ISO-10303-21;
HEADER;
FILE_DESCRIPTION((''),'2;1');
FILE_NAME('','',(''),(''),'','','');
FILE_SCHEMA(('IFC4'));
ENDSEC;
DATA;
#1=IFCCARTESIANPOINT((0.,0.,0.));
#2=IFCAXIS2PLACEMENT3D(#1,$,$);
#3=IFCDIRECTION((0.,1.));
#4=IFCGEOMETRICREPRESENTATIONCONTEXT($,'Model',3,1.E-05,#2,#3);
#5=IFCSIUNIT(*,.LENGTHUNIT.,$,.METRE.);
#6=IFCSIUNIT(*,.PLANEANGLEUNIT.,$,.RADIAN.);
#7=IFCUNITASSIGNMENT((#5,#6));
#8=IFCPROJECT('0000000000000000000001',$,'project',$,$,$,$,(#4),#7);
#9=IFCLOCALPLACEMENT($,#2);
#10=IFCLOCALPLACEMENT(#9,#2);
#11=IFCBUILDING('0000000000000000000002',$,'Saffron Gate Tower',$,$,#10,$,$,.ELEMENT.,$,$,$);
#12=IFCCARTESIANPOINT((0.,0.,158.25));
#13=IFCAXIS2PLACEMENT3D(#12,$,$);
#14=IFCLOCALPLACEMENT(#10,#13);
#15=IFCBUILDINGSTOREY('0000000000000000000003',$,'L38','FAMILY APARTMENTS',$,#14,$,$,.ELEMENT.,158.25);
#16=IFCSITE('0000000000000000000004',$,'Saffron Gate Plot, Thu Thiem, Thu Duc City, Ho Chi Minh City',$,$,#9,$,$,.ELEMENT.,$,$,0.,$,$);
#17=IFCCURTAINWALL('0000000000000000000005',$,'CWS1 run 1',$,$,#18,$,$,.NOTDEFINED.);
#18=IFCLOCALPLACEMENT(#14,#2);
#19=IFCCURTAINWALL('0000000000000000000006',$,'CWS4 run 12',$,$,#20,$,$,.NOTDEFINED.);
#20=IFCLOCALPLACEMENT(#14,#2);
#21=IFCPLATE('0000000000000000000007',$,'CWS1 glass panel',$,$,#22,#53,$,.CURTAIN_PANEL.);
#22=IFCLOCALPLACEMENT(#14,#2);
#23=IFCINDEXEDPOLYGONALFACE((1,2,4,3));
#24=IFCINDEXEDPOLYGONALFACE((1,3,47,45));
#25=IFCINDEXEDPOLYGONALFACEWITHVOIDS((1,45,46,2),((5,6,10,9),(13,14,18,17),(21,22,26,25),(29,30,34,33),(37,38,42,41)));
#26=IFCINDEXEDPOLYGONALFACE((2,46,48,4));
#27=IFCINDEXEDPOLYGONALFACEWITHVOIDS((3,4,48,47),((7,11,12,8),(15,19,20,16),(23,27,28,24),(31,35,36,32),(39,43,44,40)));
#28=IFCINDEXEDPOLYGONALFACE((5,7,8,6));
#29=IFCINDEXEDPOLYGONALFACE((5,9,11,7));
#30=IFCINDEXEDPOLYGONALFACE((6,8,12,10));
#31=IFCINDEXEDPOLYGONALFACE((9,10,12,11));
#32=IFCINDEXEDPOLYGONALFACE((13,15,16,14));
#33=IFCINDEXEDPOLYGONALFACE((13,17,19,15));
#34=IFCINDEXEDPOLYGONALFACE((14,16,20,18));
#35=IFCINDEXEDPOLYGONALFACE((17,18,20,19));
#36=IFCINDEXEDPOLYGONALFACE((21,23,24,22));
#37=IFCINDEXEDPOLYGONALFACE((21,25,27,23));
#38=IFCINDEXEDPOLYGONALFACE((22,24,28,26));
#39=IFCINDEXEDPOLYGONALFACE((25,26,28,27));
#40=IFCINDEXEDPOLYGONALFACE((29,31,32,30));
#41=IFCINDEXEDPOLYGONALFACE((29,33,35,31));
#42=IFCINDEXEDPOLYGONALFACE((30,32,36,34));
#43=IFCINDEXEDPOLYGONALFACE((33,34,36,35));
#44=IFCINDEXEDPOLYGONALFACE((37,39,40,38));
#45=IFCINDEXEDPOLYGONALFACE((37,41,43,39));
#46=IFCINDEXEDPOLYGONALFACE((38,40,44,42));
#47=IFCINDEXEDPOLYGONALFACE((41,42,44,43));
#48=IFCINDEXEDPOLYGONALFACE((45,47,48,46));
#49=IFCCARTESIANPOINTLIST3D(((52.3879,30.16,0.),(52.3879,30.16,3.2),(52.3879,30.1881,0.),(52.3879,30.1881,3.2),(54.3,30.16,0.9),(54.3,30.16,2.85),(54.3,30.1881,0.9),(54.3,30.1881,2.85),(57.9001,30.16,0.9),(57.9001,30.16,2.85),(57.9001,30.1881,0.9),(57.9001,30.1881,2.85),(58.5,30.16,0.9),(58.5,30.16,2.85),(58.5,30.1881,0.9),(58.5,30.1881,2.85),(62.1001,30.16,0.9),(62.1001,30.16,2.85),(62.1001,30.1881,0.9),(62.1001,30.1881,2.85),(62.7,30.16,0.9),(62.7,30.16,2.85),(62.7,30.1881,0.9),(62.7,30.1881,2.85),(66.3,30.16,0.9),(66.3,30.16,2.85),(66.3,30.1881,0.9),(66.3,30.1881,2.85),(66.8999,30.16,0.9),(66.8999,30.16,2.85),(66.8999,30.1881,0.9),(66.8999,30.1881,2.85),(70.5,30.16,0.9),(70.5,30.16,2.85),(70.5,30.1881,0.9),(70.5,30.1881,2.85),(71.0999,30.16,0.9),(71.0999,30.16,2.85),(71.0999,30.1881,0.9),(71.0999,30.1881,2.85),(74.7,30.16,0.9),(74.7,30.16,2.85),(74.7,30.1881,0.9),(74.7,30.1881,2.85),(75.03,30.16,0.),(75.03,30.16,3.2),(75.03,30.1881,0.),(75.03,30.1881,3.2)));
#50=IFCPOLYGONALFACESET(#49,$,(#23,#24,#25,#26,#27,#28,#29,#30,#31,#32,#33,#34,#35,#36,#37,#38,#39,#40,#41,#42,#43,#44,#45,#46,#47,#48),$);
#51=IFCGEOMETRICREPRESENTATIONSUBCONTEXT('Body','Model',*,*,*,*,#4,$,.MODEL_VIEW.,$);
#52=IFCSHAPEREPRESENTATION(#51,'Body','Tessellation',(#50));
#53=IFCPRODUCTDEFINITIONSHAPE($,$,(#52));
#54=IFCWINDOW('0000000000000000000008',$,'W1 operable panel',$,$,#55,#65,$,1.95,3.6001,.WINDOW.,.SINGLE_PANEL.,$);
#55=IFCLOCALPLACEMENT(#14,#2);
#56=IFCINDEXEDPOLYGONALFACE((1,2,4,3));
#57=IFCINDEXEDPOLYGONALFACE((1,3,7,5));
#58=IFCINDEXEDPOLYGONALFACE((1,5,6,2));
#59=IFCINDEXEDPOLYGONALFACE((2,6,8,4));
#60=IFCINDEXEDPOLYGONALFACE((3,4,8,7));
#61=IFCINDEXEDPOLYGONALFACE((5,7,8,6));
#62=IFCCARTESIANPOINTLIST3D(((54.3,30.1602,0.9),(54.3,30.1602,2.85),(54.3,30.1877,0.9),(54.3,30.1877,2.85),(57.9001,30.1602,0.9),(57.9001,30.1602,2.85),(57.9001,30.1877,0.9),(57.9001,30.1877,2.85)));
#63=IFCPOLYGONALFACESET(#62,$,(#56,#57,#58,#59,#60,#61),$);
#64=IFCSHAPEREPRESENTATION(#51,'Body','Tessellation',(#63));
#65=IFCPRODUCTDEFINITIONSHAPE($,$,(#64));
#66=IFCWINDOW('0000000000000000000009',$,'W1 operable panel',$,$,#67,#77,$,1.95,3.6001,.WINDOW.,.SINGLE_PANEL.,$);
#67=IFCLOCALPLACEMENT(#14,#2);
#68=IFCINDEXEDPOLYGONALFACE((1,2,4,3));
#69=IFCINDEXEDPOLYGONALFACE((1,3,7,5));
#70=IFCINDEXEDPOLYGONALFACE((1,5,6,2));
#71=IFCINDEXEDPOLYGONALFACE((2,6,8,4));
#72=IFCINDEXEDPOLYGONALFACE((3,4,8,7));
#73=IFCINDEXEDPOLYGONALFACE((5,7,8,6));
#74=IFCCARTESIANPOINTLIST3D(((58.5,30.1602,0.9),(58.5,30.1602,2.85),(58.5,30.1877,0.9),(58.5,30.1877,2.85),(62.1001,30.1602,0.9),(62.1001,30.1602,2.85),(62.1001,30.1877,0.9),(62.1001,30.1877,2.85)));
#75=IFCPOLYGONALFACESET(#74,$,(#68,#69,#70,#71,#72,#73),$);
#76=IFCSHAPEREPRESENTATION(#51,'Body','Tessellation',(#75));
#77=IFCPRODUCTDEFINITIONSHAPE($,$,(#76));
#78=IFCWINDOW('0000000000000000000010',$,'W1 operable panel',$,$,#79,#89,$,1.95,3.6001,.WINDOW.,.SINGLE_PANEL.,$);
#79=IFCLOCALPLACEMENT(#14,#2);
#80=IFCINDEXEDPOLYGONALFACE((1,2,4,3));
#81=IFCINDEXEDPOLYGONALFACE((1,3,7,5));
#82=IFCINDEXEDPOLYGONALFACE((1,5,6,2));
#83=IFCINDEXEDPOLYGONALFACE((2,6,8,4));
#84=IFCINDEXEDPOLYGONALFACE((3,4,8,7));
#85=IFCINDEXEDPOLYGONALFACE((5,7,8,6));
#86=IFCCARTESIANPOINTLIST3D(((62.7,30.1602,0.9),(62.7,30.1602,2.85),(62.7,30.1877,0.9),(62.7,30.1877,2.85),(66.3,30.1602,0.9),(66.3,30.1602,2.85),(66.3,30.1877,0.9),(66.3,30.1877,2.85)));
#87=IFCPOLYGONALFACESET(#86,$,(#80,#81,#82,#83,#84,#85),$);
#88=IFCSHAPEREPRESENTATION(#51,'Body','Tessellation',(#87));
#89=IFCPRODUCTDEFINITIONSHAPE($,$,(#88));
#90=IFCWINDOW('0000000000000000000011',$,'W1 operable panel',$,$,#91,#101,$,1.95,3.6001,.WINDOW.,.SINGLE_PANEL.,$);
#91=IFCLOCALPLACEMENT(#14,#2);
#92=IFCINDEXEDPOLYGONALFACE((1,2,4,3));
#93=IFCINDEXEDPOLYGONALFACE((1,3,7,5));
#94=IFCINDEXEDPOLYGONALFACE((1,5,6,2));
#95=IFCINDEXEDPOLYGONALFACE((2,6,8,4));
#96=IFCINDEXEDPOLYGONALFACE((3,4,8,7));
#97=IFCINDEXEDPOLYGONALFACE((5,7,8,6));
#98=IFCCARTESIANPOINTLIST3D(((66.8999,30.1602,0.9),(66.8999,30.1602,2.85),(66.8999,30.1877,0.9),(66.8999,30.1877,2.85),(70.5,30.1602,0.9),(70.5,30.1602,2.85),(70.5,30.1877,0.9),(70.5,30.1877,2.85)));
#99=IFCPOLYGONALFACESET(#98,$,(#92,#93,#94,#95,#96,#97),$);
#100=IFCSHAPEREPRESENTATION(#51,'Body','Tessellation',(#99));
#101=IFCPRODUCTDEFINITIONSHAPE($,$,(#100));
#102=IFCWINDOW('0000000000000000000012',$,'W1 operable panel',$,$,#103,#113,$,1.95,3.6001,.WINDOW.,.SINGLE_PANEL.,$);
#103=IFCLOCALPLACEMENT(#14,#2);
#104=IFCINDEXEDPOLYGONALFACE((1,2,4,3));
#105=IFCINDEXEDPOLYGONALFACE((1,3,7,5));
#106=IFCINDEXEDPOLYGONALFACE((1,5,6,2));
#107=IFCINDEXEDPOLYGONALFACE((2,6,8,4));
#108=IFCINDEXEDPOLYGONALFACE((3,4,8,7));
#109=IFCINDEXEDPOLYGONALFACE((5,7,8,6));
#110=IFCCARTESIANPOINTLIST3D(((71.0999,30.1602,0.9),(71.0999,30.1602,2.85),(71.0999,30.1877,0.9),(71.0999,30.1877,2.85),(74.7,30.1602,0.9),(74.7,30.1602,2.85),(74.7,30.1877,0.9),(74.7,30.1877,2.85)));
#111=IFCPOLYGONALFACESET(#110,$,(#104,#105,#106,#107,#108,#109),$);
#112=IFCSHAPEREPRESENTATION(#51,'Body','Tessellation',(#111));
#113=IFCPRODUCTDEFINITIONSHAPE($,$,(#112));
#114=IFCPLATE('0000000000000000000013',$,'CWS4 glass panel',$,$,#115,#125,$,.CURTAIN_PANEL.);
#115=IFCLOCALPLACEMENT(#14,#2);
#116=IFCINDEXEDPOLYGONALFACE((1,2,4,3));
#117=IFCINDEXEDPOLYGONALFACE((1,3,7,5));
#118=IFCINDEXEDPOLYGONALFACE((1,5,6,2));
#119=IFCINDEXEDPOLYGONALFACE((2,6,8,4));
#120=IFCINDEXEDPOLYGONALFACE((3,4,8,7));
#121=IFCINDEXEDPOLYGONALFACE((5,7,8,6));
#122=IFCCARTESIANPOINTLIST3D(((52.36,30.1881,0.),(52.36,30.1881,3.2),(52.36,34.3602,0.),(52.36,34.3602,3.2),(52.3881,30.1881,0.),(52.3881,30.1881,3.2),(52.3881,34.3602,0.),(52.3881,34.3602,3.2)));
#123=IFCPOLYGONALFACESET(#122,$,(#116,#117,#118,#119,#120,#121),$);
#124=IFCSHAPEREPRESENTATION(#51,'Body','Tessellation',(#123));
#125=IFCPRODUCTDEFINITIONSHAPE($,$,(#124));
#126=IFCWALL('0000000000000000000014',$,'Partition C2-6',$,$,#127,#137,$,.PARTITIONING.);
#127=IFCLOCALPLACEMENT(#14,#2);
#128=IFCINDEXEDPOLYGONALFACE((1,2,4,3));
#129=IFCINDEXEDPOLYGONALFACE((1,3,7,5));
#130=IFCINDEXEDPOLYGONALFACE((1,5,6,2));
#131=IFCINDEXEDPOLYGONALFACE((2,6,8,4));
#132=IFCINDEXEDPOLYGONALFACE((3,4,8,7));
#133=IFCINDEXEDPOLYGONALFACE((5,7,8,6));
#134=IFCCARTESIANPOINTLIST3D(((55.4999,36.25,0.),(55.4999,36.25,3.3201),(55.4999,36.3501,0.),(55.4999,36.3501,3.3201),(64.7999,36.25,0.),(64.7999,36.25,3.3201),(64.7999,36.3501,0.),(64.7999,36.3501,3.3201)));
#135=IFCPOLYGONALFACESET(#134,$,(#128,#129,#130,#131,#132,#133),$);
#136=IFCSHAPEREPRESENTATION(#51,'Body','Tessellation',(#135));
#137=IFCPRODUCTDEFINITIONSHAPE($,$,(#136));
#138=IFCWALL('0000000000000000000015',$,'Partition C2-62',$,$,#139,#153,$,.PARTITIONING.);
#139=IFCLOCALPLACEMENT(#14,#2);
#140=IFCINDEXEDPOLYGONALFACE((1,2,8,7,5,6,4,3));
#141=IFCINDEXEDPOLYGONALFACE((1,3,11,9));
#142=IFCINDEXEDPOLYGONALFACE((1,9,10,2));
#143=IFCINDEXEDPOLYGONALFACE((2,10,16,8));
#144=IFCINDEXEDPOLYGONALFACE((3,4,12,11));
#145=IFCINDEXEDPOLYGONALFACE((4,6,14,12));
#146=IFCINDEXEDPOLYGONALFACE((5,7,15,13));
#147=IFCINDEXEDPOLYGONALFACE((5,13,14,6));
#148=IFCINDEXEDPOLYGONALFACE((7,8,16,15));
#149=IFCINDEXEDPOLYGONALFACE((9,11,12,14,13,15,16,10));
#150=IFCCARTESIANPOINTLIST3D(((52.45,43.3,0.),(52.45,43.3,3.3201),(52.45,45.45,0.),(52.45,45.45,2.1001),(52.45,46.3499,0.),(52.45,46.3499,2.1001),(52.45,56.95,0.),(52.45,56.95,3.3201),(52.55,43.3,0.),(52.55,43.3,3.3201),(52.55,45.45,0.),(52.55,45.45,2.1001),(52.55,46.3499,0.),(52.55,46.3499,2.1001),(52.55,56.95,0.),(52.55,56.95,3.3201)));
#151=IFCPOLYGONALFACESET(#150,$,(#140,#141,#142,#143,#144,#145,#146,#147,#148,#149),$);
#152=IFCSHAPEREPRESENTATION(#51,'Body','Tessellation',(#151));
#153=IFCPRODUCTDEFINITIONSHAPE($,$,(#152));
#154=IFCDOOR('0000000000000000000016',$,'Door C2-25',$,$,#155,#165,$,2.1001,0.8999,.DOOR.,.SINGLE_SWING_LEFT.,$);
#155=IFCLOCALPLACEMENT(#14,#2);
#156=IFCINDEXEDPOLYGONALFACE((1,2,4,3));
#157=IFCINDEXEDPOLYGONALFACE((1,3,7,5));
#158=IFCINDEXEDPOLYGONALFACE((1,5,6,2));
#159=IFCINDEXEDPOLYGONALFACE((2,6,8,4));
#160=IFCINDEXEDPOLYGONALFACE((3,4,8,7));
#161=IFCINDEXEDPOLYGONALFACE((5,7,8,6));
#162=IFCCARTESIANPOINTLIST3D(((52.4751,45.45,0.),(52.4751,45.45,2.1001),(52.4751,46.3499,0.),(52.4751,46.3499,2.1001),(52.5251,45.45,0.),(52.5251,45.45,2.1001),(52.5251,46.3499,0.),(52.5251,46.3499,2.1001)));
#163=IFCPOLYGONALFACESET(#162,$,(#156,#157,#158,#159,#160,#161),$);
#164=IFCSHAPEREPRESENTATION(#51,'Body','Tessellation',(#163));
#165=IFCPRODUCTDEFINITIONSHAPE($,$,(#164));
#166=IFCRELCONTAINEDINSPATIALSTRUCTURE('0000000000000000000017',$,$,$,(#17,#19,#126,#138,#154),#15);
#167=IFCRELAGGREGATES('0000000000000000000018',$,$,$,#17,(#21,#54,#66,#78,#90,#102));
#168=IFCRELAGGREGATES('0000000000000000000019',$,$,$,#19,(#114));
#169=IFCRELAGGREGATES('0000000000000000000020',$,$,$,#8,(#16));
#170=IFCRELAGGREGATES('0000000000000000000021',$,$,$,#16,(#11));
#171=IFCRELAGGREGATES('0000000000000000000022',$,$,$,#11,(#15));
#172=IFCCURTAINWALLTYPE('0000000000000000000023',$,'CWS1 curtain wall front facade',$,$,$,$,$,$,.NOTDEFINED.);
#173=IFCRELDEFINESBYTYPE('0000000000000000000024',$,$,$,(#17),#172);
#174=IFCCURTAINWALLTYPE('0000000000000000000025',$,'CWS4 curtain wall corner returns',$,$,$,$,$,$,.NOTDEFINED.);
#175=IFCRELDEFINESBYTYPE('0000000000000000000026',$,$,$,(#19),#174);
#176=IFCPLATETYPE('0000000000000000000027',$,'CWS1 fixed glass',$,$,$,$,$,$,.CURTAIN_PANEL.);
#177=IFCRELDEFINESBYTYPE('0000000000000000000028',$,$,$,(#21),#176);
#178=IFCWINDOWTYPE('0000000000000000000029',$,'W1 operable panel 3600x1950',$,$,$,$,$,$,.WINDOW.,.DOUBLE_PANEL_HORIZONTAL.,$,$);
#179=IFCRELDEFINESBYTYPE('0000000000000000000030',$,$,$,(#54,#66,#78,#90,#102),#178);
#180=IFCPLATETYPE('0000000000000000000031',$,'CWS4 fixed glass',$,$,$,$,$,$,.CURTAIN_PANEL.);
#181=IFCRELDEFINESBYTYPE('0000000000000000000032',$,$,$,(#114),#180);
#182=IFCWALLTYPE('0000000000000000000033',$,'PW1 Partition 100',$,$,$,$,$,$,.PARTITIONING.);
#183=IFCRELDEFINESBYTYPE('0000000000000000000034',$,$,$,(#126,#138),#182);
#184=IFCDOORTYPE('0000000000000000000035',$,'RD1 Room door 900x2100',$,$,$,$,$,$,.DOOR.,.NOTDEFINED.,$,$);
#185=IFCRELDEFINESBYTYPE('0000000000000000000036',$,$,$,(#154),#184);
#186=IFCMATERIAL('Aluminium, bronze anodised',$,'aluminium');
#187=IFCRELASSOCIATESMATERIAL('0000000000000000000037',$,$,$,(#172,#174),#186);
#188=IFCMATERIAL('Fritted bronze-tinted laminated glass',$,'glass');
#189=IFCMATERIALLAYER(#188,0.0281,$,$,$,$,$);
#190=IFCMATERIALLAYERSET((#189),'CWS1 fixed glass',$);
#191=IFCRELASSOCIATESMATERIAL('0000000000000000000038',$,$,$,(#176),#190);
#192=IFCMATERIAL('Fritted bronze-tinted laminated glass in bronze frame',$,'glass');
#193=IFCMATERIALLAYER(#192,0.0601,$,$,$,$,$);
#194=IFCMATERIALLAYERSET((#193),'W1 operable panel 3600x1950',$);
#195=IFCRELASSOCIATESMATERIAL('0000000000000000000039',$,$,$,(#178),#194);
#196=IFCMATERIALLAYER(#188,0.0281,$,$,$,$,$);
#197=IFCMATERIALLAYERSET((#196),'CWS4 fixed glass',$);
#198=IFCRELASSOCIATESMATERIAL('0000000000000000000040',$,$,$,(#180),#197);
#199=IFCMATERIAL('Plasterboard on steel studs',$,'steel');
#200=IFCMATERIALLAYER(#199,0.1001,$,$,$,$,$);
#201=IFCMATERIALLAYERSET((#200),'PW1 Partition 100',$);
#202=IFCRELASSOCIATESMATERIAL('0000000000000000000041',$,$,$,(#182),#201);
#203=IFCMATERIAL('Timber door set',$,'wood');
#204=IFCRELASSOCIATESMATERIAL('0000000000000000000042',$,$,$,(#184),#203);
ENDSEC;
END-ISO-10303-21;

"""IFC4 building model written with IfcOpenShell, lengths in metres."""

from ifc_helpers import new_model, si_unit, direction, frame, frame_2d, origin, place, context, subcontext, project, spatial, rectangle, extrude, material, layer, layer_set, type_object, element, fill, aggregate, save


model = new_model("IFC4")

# Units and contexts
model_context = context("Model", 3, precision=1e-05, world=origin(), true_north=direction((0.0, 1.0)))
body_context = subcontext(model_context, "Body", "Model", "MODEL_VIEW")
ifc_project = project(units=[si_unit("LENGTHUNIT", "METRE"), si_unit("PLANEANGLEUNIT", "RADIAN")], contexts=[model_context])

# Site, building, storey
site_placement = place(None, origin())
site = spatial("IfcSite", under=ifc_project, at=site_placement, Name="Saffron Gate Plot, Thu Thiem, Thu Duc City, Ho Chi Minh City", CompositionType="ELEMENT", RefElevation=0.0)
building_placement = place(site_placement, origin())
building = spatial("IfcBuilding", under=site, at=building_placement, Name="Saffron Gate Tower", CompositionType="ELEMENT")
storey_placement = place(building_placement, frame((0.0, 0.0, 158.25)))
storey = spatial("IfcBuildingStorey", under=building, at=storey_placement, Name="L38", Description="FAMILY APARTMENTS", CompositionType="ELEMENT", Elevation=158.25)

# Curtain wall
ifc_material_1 = material(Name="Aluminium, bronze anodised", Category="aluminium")
curtain_wall_type_1 = type_object("IfcCurtainWallType", Name="CWS1 curtain wall front facade", PredefinedType="NOTDEFINED", material=ifc_material_1)
curtain_wall_1_placement = place(storey_placement, origin())
curtain_wall_1 = element("IfcCurtainWall", 1, at=curtain_wall_1_placement, inside=storey, type_object=curtain_wall_type_1, Name="CWS1 run 1", PredefinedType="NOTDEFINED")

# Curtain wall
curtain_wall_type_2 = type_object("IfcCurtainWallType", Name="CWS4 curtain wall corner returns", PredefinedType="NOTDEFINED", material=ifc_material_1)
curtain_wall_2_placement = place(storey_placement, origin())
curtain_wall_2 = element("IfcCurtainWall", 2, at=curtain_wall_2_placement, inside=storey, type_object=curtain_wall_type_2, Name="CWS4 run 12", PredefinedType="NOTDEFINED")

# Plate, openings, windows
ifc_material_2 = material(Name="Fritted bronze-tinted laminated glass", Category="glass")
ifc_layer_1 = layer(ifc_material_2, 0.0281)
ifc_layer_set_1 = layer_set([ifc_layer_1], Name="CWS1 fixed glass")
plate_type_1 = type_object("IfcPlateType", Name="CWS1 fixed glass", PredefinedType="CURTAIN_PANEL", material=ifc_layer_set_1)
plate_1_placement = place(storey_placement, frame((52.3879, 30.1741, 0.0), z_axis=(0.0, 0.0, 1.0), x_axis=(1.0, 0.0, 0.0)))
plate_1 = element("IfcPlate", 3, at=plate_1_placement, type_object=plate_type_1, Name="CWS1 glass panel", PredefinedType="CURTAIN_PANEL", context=body_context, shape_type="SweptSolid", body=[
    extrude(rectangle(XDim=22.6421, YDim=0.0281, at=frame_2d((11.321, 0.0))), origin(), (0.0, 0.0, 1.0), 3.2),
])
opening_1_placement = place(plate_1_placement, frame((1.9121, 0.0, 0.8999)))
opening_1 = element("IfcOpeningElement", 4, at=opening_1_placement, cuts=plate_1, PredefinedType="OPENING", context=body_context, shape_type="SweptSolid", body=[
    extrude(rectangle(XDim=3.6001, YDim=1.95, at=frame_2d((1.8, 0.9751))), frame((0.0, 0.0239, 0.0), z_axis=(0.0, -1.0, 0.0), x_axis=(1.0, 0.0, 0.0)), (0.0, 0.0, 1.0), 0.0481),
])
opening_2_placement = place(plate_1_placement, frame((6.1121, 0.0, 0.8999)))
opening_2 = element("IfcOpeningElement", 5, at=opening_2_placement, cuts=plate_1, PredefinedType="OPENING", context=body_context, shape_type="SweptSolid", body=[
    extrude(rectangle(XDim=3.6001, YDim=1.95, at=frame_2d((1.8, 0.9751))), frame((0.0, 0.0239, 0.0), z_axis=(0.0, -1.0, 0.0), x_axis=(1.0, 0.0, 0.0)), (0.0, 0.0, 1.0), 0.0481),
])
opening_3_placement = place(plate_1_placement, frame((10.312, 0.0, 0.8999)))
opening_3 = element("IfcOpeningElement", 6, at=opening_3_placement, cuts=plate_1, PredefinedType="OPENING", context=body_context, shape_type="SweptSolid", body=[
    extrude(rectangle(XDim=3.6001, YDim=1.95, at=frame_2d((1.8, 0.9751))), frame((0.0, 0.0239, 0.0), z_axis=(0.0, -1.0, 0.0), x_axis=(1.0, 0.0, 0.0)), (0.0, 0.0, 1.0), 0.0481),
])
opening_4_placement = place(plate_1_placement, frame((14.512, 0.0, 0.8999)))
opening_4 = element("IfcOpeningElement", 7, at=opening_4_placement, cuts=plate_1, PredefinedType="OPENING", context=body_context, shape_type="SweptSolid", body=[
    extrude(rectangle(XDim=3.6001, YDim=1.95, at=frame_2d((1.8, 0.9751))), frame((0.0, 0.0239, 0.0), z_axis=(0.0, -1.0, 0.0), x_axis=(1.0, 0.0, 0.0)), (0.0, 0.0, 1.0), 0.0481),
])
opening_5_placement = place(plate_1_placement, frame((18.7119, 0.0, 0.8999)))
opening_5 = element("IfcOpeningElement", 8, at=opening_5_placement, cuts=plate_1, PredefinedType="OPENING", context=body_context, shape_type="SweptSolid", body=[
    extrude(rectangle(XDim=3.6001, YDim=1.95, at=frame_2d((1.8, 0.9751))), frame((0.0, 0.0239, 0.0), z_axis=(0.0, -1.0, 0.0), x_axis=(1.0, 0.0, 0.0)), (0.0, 0.0, 1.0), 0.0481),
])
ifc_material_3 = material(Name="Fritted bronze-tinted laminated glass in bronze frame", Category="glass")
ifc_layer_2 = layer(ifc_material_3, 0.0601)
ifc_layer_set_2 = layer_set([ifc_layer_2], Name="W1 operable panel 3600x1950")
window_type = type_object("IfcWindowType", Name="W1 operable panel 3600x1950", PartitioningType="DOUBLE_PANEL_HORIZONTAL", PredefinedType="WINDOW", material=ifc_layer_set_2)
window_1_placement = place(opening_1_placement, origin())
window_1 = element("IfcWindow", 9, at=window_1_placement, type_object=window_type, Name="W1 operable panel", OverallHeight=1.95, OverallWidth=3.6001, PartitioningType="SINGLE_PANEL", PredefinedType="WINDOW", context=body_context, shape_type="SweptSolid", body=[
    extrude(rectangle(XDim=3.6001, YDim=1.95, at=frame_2d((1.8, 0.9751))), frame((0.0, 0.0137, 0.0), z_axis=(0.0, -1.0, 0.0), x_axis=(1.0, 0.0, 0.0)), (0.0, 0.0, 1.0), 0.0276),
])
fill(opening_1, window_1)
window_2_placement = place(opening_2_placement, origin())
window_2 = element("IfcWindow", 10, at=window_2_placement, type_object=window_type, Name="W1 operable panel", OverallHeight=1.95, OverallWidth=3.6001, PartitioningType="SINGLE_PANEL", PredefinedType="WINDOW", context=body_context, shape_type="SweptSolid", body=[
    extrude(rectangle(XDim=3.6001, YDim=1.95, at=frame_2d((1.8, 0.9751))), frame((0.0, 0.0137, 0.0), z_axis=(0.0, -1.0, 0.0), x_axis=(1.0, 0.0, 0.0)), (0.0, 0.0, 1.0), 0.0276),
])
fill(opening_2, window_2)
window_3_placement = place(opening_3_placement, origin())
window_3 = element("IfcWindow", 11, at=window_3_placement, type_object=window_type, Name="W1 operable panel", OverallHeight=1.95, OverallWidth=3.6001, PartitioningType="SINGLE_PANEL", PredefinedType="WINDOW", context=body_context, shape_type="SweptSolid", body=[
    extrude(rectangle(XDim=3.6001, YDim=1.95, at=frame_2d((1.8, 0.9751))), frame((0.0, 0.0137, 0.0), z_axis=(0.0, -1.0, 0.0), x_axis=(1.0, 0.0, 0.0)), (0.0, 0.0, 1.0), 0.0276),
])
fill(opening_3, window_3)
window_4_placement = place(opening_4_placement, origin())
window_4 = element("IfcWindow", 12, at=window_4_placement, type_object=window_type, Name="W1 operable panel", OverallHeight=1.95, OverallWidth=3.6001, PartitioningType="SINGLE_PANEL", PredefinedType="WINDOW", context=body_context, shape_type="SweptSolid", body=[
    extrude(rectangle(XDim=3.6001, YDim=1.95, at=frame_2d((1.8, 0.9751))), frame((0.0, 0.0137, 0.0), z_axis=(0.0, -1.0, 0.0), x_axis=(1.0, 0.0, 0.0)), (0.0, 0.0, 1.0), 0.0276),
])
fill(opening_4, window_4)
window_5_placement = place(opening_5_placement, origin())
window_5 = element("IfcWindow", 13, at=window_5_placement, type_object=window_type, Name="W1 operable panel", OverallHeight=1.95, OverallWidth=3.6001, PartitioningType="SINGLE_PANEL", PredefinedType="WINDOW", context=body_context, shape_type="SweptSolid", body=[
    extrude(rectangle(XDim=3.6001, YDim=1.95, at=frame_2d((1.8, 0.9751))), frame((0.0, 0.0137, 0.0), z_axis=(0.0, -1.0, 0.0), x_axis=(1.0, 0.0, 0.0)), (0.0, 0.0, 1.0), 0.0276),
])
fill(opening_5, window_5)
aggregate(curtain_wall_1, [plate_1, window_1, window_2, window_3, window_4, window_5])

# Plate
ifc_layer_3 = layer(ifc_material_2, 0.0281)
ifc_layer_set_3 = layer_set([ifc_layer_3], Name="CWS4 fixed glass")
plate_type_2 = type_object("IfcPlateType", Name="CWS4 fixed glass", PredefinedType="CURTAIN_PANEL", material=ifc_layer_set_3)
plate_2_placement = place(storey_placement, frame((52.374, 34.3601, 0.0), z_axis=(0.0, 0.0, 1.0), x_axis=(0.0, -1.0, 0.0)))
plate_2 = element("IfcPlate", 14, at=plate_2_placement, type_object=plate_type_2, Name="CWS4 glass panel", PredefinedType="CURTAIN_PANEL", context=body_context, shape_type="SweptSolid", body=[
    extrude(rectangle(XDim=4.1721, YDim=0.0281, at=frame_2d((2.0859, 0.0))), origin(), (0.0, 0.0, 1.0), 3.2),
])
aggregate(curtain_wall_2, [plate_2])

# Wall
ifc_material_4 = material(Name="Plasterboard on steel studs", Category="steel")
ifc_layer_4 = layer(ifc_material_4, 0.1001)
ifc_layer_set_4 = layer_set([ifc_layer_4], Name="PW1 Partition 100")
wall_type = type_object("IfcWallType", Name="PW1 Partition 100", PredefinedType="PARTITIONING", material=ifc_layer_set_4)
wall_1_placement = place(storey_placement, frame((55.5, 36.3, 0.0), z_axis=(0.0, 0.0, 1.0), x_axis=(1.0, 0.0, 0.0)))
element("IfcWall", 15, at=wall_1_placement, inside=storey, type_object=wall_type, Name="Partition C2-6", PredefinedType="PARTITIONING", context=body_context, shape_type="SweptSolid", body=[
    extrude(rectangle(XDim=9.3, YDim=0.1001, at=frame_2d((4.6499, 0.0))), origin(), (0.0, 0.0, 1.0), 3.3201),
])

# Wall, opening, door
wall_2_placement = place(storey_placement, frame((52.5, 43.3, 0.0), z_axis=(0.0, 0.0, 1.0), x_axis=(0.0, 1.0, 0.0)))
wall_2 = element("IfcWall", 16, at=wall_2_placement, inside=storey, type_object=wall_type, Name="Partition C2-62", PredefinedType="PARTITIONING", context=body_context, shape_type="SweptSolid", body=[
    extrude(rectangle(XDim=13.6499, YDim=0.1001, at=frame_2d((6.825, 0.0))), origin(), (0.0, 0.0, 1.0), 3.3201),
])
opening_6_placement = place(wall_2_placement, frame((2.1499, 0.0, 0.0)))
opening_6 = element("IfcOpeningElement", 17, at=opening_6_placement, cuts=wall_2, PredefinedType="OPENING", context=body_context, shape_type="SweptSolid", body=[
    extrude(rectangle(XDim=0.8999, YDim=2.1001, at=frame_2d((0.45, 1.05))), frame((0.0, 0.0601, 0.0), z_axis=(0.0, -1.0, 0.0), x_axis=(1.0, 0.0, 0.0)), (0.0, 0.0, 1.0), 0.1201),
])
ifc_material_5 = material(Name="Timber door set", Category="wood")
door_type = type_object("IfcDoorType", Name="RD1 Room door 900x2100", OperationType="NOTDEFINED", PredefinedType="DOOR", material=ifc_material_5)
door_1_placement = place(opening_6_placement, origin())
door_1 = element("IfcDoor", 18, at=door_1_placement, inside=storey, type_object=door_type, Name="Door C2-25", OperationType="SINGLE_SWING_LEFT", OverallHeight=2.1001, OverallWidth=0.8999, PredefinedType="DOOR", context=body_context, shape_type="SweptSolid", body=[
    extrude(rectangle(XDim=0.8999, YDim=2.1001, at=frame_2d((0.45, 1.05))), frame((0.0, 0.0249, 0.0), z_axis=(0.0, -1.0, 0.0), x_axis=(1.0, 0.0, 0.0)), (0.0, 0.0, 1.0), 0.05),
])
fill(opening_6, door_1)

save(model, "model.ifc")
